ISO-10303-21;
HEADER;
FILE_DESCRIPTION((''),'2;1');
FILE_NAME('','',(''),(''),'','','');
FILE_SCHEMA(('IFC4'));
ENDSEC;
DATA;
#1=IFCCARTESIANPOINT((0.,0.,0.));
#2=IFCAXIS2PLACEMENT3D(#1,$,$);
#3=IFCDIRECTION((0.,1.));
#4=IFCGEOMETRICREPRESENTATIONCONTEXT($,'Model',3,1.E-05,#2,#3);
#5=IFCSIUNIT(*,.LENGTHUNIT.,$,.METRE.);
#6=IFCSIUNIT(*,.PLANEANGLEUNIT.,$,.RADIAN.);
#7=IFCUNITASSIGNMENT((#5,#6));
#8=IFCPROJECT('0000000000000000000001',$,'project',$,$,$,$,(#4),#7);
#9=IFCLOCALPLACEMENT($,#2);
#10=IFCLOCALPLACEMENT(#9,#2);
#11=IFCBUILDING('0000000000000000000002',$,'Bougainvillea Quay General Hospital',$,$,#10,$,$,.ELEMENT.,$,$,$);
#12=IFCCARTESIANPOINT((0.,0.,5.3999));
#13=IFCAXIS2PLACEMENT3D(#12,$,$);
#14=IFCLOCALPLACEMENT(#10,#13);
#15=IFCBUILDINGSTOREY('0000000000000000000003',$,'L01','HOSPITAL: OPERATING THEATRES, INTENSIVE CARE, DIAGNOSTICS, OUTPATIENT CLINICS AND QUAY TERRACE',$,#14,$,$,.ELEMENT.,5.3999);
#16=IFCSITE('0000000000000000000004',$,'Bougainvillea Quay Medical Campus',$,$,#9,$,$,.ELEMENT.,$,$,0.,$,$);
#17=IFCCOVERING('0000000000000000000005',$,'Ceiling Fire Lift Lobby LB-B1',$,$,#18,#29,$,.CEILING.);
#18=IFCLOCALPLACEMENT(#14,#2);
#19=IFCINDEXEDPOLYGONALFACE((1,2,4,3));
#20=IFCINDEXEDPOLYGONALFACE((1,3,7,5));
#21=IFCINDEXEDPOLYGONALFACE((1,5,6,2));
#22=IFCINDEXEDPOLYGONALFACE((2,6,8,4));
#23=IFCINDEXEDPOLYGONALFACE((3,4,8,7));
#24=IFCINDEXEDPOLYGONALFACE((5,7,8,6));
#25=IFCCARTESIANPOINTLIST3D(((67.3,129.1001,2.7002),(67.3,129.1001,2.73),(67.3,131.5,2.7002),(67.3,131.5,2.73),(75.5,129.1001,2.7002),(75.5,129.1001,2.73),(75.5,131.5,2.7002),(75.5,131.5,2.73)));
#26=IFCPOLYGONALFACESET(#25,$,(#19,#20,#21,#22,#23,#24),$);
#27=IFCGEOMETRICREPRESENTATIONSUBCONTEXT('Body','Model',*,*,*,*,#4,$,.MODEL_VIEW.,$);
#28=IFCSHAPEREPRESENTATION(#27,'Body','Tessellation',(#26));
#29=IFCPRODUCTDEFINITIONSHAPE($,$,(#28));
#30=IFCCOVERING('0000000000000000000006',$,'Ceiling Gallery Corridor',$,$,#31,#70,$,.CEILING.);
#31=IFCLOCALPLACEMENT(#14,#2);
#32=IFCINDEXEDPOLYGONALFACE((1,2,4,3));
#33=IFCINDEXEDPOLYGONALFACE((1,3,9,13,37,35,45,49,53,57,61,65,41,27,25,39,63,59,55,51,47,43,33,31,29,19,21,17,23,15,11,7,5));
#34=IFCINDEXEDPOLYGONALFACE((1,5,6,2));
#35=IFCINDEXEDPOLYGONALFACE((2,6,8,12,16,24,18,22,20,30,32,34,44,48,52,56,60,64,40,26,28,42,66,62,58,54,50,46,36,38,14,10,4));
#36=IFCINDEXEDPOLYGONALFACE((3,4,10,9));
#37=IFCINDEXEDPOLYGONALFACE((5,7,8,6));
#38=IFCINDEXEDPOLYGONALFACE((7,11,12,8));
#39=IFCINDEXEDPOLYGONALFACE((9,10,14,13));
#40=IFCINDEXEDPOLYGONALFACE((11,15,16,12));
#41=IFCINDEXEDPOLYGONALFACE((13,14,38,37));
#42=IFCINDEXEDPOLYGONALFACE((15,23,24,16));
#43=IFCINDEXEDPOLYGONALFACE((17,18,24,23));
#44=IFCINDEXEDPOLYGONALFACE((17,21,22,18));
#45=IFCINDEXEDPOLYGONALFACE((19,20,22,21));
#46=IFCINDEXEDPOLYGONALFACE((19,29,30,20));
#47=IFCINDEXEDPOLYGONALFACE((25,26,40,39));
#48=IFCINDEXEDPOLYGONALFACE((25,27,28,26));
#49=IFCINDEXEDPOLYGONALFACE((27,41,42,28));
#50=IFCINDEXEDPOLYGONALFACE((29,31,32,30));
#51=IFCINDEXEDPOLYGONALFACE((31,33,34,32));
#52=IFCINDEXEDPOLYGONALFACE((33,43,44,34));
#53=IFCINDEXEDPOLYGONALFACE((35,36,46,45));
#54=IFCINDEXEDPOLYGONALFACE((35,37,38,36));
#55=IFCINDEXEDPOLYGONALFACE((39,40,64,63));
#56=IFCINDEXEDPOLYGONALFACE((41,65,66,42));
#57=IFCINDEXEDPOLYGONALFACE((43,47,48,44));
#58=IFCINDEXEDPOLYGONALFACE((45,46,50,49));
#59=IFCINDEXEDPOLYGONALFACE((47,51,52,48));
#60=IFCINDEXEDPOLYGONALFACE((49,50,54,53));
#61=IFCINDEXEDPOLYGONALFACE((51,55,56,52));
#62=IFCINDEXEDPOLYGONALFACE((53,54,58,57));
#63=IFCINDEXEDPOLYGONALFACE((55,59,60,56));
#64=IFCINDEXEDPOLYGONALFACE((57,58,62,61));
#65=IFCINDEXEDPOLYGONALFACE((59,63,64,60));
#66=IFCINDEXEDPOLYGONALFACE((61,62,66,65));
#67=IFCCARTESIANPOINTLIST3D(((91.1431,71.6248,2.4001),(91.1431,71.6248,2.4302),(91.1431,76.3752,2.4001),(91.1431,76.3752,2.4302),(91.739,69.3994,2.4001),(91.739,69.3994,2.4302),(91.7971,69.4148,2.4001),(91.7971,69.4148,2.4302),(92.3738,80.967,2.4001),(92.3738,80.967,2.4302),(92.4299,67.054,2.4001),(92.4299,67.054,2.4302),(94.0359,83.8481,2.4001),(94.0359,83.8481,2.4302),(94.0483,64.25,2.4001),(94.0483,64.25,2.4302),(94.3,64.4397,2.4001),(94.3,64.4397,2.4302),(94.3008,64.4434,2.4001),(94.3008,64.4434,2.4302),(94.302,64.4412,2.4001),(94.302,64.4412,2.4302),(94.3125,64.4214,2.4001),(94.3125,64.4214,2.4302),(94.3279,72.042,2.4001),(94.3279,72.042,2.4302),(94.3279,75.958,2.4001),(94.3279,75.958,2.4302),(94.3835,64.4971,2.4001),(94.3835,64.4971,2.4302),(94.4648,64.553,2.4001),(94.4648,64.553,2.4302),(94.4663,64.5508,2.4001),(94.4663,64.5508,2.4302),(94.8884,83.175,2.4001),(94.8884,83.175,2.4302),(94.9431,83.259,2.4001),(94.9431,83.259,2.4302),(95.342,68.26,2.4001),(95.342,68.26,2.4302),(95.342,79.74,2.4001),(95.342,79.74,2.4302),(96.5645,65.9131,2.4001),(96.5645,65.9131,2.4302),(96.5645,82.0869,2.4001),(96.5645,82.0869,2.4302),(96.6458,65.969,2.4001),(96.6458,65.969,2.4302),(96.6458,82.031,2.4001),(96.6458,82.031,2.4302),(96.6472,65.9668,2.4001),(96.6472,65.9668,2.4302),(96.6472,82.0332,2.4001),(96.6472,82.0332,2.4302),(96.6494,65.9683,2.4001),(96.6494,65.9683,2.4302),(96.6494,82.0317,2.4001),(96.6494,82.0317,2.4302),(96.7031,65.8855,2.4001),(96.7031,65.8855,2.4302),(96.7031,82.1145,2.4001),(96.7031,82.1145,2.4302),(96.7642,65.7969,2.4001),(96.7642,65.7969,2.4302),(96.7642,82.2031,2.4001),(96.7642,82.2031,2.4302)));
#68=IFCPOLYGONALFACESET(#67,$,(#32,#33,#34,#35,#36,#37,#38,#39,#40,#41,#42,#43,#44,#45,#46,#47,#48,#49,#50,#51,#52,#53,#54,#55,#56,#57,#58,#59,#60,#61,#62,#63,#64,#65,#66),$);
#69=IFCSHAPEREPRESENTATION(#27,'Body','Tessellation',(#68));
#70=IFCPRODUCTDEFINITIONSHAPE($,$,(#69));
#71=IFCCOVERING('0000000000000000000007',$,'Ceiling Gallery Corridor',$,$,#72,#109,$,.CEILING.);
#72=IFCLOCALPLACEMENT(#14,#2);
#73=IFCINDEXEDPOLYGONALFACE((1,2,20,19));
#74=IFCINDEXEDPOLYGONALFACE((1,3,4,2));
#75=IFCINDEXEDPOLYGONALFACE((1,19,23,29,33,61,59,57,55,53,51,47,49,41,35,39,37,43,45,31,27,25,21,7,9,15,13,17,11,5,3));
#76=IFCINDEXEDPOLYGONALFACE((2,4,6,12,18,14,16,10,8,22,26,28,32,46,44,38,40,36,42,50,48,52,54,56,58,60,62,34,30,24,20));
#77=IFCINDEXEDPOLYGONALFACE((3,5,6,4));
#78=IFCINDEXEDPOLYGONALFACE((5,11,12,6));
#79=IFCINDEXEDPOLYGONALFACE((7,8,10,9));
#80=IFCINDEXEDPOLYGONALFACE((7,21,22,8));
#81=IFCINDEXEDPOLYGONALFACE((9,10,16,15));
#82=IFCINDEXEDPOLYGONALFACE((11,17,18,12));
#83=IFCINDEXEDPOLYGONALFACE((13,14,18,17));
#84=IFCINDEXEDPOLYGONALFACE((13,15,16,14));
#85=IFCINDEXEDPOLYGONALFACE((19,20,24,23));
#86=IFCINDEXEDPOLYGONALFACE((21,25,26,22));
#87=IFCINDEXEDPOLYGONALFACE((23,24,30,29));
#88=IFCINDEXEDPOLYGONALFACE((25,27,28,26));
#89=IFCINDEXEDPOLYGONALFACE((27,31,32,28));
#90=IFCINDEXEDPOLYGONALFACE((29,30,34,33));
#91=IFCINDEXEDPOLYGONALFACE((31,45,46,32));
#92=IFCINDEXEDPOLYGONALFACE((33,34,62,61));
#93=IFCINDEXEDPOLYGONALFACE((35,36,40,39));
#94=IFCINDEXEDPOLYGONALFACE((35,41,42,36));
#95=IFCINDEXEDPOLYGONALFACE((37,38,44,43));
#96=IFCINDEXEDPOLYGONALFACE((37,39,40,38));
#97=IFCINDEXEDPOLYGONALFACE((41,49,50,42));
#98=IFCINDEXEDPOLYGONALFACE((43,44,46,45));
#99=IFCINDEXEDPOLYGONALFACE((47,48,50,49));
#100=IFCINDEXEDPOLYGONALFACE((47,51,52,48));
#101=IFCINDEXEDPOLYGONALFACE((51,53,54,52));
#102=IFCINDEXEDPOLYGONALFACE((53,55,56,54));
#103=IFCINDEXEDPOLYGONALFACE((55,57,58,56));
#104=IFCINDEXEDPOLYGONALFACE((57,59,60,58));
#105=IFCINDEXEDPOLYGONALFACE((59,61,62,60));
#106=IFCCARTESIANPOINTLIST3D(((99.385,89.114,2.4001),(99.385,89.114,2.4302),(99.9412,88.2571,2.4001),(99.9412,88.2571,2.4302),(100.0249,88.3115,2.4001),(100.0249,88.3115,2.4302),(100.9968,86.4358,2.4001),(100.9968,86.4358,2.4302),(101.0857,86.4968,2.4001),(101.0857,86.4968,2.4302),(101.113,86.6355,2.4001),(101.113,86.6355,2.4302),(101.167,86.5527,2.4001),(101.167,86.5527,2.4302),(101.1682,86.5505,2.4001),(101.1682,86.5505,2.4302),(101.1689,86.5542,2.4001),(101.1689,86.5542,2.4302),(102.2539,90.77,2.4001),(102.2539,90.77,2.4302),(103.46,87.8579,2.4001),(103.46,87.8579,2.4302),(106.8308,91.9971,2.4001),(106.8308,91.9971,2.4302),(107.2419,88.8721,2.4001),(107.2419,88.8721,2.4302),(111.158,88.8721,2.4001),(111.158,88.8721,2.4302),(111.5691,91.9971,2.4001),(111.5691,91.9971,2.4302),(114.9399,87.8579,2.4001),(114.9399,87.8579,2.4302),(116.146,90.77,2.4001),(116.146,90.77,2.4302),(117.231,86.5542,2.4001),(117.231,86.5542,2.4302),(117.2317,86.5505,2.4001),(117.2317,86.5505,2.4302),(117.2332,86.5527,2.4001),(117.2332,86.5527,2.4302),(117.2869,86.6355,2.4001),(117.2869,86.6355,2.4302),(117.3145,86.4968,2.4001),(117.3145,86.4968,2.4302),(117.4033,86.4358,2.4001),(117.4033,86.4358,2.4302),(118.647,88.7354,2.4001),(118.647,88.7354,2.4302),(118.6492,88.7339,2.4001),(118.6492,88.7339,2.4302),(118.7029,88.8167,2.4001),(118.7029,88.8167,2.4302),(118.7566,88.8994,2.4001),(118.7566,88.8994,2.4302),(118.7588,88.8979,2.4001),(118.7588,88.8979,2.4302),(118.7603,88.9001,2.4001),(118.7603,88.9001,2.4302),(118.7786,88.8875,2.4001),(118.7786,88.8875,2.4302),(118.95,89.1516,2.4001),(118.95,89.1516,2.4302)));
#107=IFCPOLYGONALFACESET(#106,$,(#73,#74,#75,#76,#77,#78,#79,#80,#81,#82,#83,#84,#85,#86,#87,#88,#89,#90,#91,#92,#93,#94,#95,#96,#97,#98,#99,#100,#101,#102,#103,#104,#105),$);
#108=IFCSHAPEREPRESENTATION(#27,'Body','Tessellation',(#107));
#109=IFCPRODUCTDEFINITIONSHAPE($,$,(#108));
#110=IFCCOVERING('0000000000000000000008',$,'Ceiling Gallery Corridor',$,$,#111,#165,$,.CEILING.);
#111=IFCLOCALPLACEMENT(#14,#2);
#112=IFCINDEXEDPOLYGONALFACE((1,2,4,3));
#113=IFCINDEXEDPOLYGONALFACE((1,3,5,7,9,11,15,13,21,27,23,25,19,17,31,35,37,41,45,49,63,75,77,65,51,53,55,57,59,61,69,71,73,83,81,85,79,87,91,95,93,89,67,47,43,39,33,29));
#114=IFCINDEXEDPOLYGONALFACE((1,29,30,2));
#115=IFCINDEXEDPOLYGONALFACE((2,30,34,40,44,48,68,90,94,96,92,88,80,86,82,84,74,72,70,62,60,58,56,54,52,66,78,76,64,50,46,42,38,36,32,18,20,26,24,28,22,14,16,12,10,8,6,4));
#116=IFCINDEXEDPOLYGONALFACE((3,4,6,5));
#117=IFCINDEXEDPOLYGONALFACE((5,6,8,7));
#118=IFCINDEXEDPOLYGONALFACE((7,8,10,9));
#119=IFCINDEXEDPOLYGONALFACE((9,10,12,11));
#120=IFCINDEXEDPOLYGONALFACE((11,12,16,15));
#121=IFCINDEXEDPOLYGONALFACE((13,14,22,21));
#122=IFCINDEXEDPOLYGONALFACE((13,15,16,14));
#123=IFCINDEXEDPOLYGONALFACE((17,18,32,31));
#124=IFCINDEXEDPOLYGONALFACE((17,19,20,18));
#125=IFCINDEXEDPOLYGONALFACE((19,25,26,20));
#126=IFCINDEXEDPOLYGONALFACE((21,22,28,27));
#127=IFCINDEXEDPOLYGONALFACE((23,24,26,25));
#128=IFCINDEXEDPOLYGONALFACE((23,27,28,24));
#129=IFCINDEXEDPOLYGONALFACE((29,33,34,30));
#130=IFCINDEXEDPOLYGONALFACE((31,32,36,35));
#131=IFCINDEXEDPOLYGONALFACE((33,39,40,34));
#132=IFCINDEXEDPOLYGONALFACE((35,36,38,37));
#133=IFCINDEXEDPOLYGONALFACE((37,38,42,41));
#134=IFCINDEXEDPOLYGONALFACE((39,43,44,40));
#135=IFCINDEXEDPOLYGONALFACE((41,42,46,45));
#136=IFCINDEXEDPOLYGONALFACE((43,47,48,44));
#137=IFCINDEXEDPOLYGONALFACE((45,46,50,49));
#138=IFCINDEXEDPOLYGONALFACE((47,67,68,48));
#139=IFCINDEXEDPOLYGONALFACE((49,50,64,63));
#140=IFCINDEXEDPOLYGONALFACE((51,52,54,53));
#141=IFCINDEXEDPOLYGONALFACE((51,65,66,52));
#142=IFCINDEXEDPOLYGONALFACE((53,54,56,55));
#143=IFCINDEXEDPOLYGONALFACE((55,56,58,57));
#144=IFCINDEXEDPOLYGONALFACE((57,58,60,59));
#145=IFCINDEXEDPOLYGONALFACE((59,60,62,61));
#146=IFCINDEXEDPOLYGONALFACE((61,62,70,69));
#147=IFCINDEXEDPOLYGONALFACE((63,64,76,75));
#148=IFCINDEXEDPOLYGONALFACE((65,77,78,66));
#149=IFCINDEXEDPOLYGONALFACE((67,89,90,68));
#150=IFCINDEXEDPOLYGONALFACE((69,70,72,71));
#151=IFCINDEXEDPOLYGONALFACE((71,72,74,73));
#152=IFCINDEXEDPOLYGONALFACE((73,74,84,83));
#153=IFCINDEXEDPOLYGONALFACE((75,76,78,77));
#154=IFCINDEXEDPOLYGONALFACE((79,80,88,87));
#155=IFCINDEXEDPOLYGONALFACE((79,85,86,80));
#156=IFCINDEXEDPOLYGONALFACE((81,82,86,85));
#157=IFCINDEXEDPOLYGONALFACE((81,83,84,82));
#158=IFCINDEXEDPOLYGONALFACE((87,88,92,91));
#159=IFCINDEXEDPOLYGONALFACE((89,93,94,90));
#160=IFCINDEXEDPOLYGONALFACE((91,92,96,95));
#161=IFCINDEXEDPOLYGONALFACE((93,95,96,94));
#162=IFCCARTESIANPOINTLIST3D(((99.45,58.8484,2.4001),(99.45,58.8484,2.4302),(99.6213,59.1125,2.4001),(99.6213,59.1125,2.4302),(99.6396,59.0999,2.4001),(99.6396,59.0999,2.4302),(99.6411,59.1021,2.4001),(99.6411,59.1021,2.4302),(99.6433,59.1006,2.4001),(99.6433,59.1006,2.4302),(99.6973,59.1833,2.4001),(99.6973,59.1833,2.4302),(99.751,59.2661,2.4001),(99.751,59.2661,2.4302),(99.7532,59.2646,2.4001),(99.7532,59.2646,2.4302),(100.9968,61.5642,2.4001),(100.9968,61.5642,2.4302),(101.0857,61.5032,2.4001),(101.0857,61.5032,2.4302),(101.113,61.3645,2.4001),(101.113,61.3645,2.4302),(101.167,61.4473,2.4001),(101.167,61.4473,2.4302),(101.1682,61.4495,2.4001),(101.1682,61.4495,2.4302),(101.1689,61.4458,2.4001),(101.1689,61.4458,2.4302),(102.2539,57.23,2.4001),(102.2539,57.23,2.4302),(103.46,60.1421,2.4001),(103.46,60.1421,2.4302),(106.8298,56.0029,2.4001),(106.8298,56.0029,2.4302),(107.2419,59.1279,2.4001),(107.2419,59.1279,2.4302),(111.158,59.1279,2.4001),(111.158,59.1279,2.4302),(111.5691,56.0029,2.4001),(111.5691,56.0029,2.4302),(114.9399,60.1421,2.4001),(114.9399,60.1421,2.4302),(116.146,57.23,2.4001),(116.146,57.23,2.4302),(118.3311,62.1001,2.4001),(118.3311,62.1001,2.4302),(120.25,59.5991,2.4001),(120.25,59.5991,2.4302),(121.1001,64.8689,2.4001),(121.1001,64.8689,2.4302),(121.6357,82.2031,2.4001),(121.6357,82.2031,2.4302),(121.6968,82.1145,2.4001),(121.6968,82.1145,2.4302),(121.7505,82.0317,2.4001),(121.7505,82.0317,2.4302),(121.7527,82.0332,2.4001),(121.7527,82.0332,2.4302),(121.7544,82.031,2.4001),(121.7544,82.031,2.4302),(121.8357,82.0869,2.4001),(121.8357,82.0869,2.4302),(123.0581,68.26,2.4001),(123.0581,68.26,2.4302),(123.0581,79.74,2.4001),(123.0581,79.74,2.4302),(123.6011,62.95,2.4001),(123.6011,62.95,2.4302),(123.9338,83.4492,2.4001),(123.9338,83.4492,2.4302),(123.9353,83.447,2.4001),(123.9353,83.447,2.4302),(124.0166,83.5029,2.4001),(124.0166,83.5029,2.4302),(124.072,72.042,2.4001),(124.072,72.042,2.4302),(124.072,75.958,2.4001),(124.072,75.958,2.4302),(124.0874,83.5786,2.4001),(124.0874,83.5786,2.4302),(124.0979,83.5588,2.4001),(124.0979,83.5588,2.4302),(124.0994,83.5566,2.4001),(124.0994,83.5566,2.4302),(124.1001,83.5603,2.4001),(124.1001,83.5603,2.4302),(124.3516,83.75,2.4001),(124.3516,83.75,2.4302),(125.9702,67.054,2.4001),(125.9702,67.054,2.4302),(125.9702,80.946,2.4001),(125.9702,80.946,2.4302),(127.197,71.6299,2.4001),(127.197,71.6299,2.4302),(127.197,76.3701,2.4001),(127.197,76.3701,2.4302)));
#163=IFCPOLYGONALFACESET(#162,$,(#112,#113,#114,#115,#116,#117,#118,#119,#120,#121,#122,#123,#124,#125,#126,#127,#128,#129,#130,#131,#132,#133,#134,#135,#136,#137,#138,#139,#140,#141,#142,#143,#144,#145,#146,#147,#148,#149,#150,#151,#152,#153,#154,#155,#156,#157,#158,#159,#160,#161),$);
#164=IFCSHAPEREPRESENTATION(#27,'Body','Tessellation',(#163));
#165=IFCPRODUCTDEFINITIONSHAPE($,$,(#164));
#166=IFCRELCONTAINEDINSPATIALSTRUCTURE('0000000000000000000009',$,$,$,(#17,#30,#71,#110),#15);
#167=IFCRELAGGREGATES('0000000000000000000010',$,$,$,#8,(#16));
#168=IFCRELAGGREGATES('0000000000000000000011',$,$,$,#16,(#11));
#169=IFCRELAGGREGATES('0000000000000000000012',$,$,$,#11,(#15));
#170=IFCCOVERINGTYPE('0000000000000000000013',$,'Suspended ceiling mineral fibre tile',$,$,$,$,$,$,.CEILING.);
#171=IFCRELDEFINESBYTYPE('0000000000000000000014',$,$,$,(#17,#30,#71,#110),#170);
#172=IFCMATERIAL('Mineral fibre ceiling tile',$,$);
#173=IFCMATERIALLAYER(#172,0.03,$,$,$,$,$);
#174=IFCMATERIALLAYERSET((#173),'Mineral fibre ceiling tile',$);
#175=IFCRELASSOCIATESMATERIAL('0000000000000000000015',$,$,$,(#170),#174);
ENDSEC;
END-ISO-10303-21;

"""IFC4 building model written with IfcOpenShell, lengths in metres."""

from ifc_helpers import new_model, si_unit, direction, frame, origin, place, context, subcontext, project, spatial, polyline, outline, extrude, material, layer, layer_set, type_object, element, save


model = new_model("IFC4")

# Units and contexts
model_context = context("Model", 3, precision=1e-05, world=origin(), true_north=direction((0.0, 1.0)))
body_context = subcontext(model_context, "Body", "Model", "MODEL_VIEW")
ifc_project = project(units=[si_unit("LENGTHUNIT", "METRE"), si_unit("PLANEANGLEUNIT", "RADIAN")], contexts=[model_context])

# Site, building, storey
site_placement = place(None, origin())
site = spatial("IfcSite", under=ifc_project, at=site_placement, Name="Bougainvillea Quay Medical Campus", CompositionType="ELEMENT", RefElevation=0.0)
building_placement = place(site_placement, origin())
building = spatial("IfcBuilding", under=site, at=building_placement, Name="Bougainvillea Quay General Hospital", CompositionType="ELEMENT")
storey_placement = place(building_placement, frame((0.0, 0.0, 5.3999)))
storey = spatial("IfcBuildingStorey", under=building, at=storey_placement, Name="L01", Description="HOSPITAL: OPERATING THEATRES, INTENSIVE CARE, DIAGNOSTICS, OUTPATIENT CLINICS AND QUAY TERRACE", CompositionType="ELEMENT", Elevation=5.3999)

# Coverings
ifc_material_1 = material(Name="Mineral fibre ceiling tile")
ifc_layer_1 = layer(ifc_material_1, 0.03)
ifc_layer_set_1 = layer_set([ifc_layer_1], Name="Mineral fibre ceiling tile")
covering_type_1 = type_object("IfcCoveringType", Name="Suspended ceiling mineral fibre tile", PredefinedType="CEILING", material=ifc_layer_set_1)
covering_1_placement = place(storey_placement, frame((0.0, 0.0, 2.7002)))
element("IfcCovering", 1, at=covering_1_placement, inside=storey, type_object=covering_type_1, Name="Ceiling Fire Lift Lobby LB-B1", PredefinedType="CEILING", context=body_context, shape_type="SweptSolid", body=[
    extrude(outline(polyline([(75.5, 129.1001), (75.5, 131.5), (67.3, 131.5), (67.3, 129.1001), (75.5, 129.1001)])), origin(), (0.0, 0.0, 1.0), 0.0298),
])
covering_2_placement = place(storey_placement, frame((0.0, 0.0, 2.4001)))
element("IfcCovering", 2, at=covering_2_placement, inside=storey, type_object=covering_type_1, Name="Ceiling Gallery Corridor", PredefinedType="CEILING", context=body_context, shape_type="SweptSolid", body=[
    extrude(outline(polyline([(94.0359, 83.8481), (92.3738, 80.967), (91.1431, 76.3752), (91.1431, 71.6248), (91.739, 69.3994), (91.7971, 69.4148), (92.4299, 67.054), (94.0483, 64.25), (94.3125, 64.4214), (94.3, 64.4397), (94.302, 64.4412), (94.3008, 64.4434), (94.3835, 64.4971), (94.4648, 64.553), (94.4663, 64.5508), (96.5645, 65.9131), (96.6458, 65.969), (96.6472, 65.9668), (96.6494, 65.9683), (96.7031, 65.8855), (96.7642, 65.7969), (95.342, 68.26), (94.3279, 72.042), (94.3279, 75.958), (95.342, 79.74), (96.7642, 82.2031), (96.7031, 82.1145), (96.6494, 82.0317), (96.6472, 82.0332), (96.6458, 82.031), (96.5645, 82.0869), (94.8884, 83.175), (94.9431, 83.259), (94.0359, 83.8481)])), origin(), (0.0, 0.0, 1.0), 0.03),
])
covering_3_placement = place(storey_placement, frame((0.0, 0.0, 2.4001)))
element("IfcCovering", 3, at=covering_3_placement, inside=storey, type_object=covering_type_1, Name="Ceiling Gallery Corridor", PredefinedType="CEILING", context=body_context, shape_type="SweptSolid", body=[
    extrude(outline(polyline([(117.4033, 86.4358), (117.3145, 86.4968), (117.2317, 86.5505), (117.2332, 86.5527), (117.231, 86.5542), (117.2869, 86.6355), (118.6492, 88.7339), (118.647, 88.7354), (118.7029, 88.8167), (118.7566, 88.8994), (118.7588, 88.8979), (118.7603, 88.9001), (118.7786, 88.8875), (118.95, 89.1516), (116.146, 90.77), (111.5691, 91.9971), (106.8308, 91.9971), (102.2539, 90.77), (99.385, 89.114), (99.9412, 88.2571), (100.0249, 88.3115), (101.113, 86.6355), (101.1689, 86.5542), (101.167, 86.5527), (101.1682, 86.5505), (101.0857, 86.4968), (100.9968, 86.4358), (103.46, 87.8579), (107.2419, 88.8721), (111.158, 88.8721), (114.9399, 87.8579), (117.4033, 86.4358)])), origin(), (0.0, 0.0, 1.0), 0.03),
])
covering_4_placement = place(storey_placement, frame((0.0, 0.0, 2.4001)))
element("IfcCovering", 4, at=covering_4_placement, inside=storey, type_object=covering_type_1, Name="Ceiling Gallery Corridor", PredefinedType="CEILING", context=body_context, shape_type="SweptSolid", body=[
    extrude(outline(polyline([(100.9968, 61.5642), (101.0857, 61.5032), (101.1682, 61.4495), (101.167, 61.4473), (101.1689, 61.4458), (101.113, 61.3645), (99.751, 59.2661), (99.7532, 59.2646), (99.6973, 59.1833), (99.6433, 59.1006), (99.6411, 59.1021), (99.6396, 59.0999), (99.6213, 59.1125), (99.45, 58.8484), (102.2539, 57.23), (106.8298, 56.0029), (111.5691, 56.0029), (116.146, 57.23), (120.25, 59.5991), (123.6011, 62.95), (125.9702, 67.054), (127.197, 71.6299), (127.197, 76.3701), (125.9702, 80.946), (124.3516, 83.75), (124.0874, 83.5786), (124.1001, 83.5603), (124.0979, 83.5588), (124.0994, 83.5566), (124.0166, 83.5029), (123.9353, 83.447), (123.9338, 83.4492), (121.8357, 82.0869), (121.7544, 82.031), (121.7527, 82.0332), (121.7505, 82.0317), (121.6968, 82.1145), (121.6357, 82.2031), (123.0581, 79.74), (124.072, 75.958), (124.072, 72.042), (123.0581, 68.26), (121.1001, 64.8689), (118.3311, 62.1001), (114.9399, 60.1421), (111.158, 59.1279), (107.2419, 59.1279), (103.46, 60.1421), (100.9968, 61.5642)])), origin(), (0.0, 0.0, 1.0), 0.03),
])

save(model, "model.ifc")
